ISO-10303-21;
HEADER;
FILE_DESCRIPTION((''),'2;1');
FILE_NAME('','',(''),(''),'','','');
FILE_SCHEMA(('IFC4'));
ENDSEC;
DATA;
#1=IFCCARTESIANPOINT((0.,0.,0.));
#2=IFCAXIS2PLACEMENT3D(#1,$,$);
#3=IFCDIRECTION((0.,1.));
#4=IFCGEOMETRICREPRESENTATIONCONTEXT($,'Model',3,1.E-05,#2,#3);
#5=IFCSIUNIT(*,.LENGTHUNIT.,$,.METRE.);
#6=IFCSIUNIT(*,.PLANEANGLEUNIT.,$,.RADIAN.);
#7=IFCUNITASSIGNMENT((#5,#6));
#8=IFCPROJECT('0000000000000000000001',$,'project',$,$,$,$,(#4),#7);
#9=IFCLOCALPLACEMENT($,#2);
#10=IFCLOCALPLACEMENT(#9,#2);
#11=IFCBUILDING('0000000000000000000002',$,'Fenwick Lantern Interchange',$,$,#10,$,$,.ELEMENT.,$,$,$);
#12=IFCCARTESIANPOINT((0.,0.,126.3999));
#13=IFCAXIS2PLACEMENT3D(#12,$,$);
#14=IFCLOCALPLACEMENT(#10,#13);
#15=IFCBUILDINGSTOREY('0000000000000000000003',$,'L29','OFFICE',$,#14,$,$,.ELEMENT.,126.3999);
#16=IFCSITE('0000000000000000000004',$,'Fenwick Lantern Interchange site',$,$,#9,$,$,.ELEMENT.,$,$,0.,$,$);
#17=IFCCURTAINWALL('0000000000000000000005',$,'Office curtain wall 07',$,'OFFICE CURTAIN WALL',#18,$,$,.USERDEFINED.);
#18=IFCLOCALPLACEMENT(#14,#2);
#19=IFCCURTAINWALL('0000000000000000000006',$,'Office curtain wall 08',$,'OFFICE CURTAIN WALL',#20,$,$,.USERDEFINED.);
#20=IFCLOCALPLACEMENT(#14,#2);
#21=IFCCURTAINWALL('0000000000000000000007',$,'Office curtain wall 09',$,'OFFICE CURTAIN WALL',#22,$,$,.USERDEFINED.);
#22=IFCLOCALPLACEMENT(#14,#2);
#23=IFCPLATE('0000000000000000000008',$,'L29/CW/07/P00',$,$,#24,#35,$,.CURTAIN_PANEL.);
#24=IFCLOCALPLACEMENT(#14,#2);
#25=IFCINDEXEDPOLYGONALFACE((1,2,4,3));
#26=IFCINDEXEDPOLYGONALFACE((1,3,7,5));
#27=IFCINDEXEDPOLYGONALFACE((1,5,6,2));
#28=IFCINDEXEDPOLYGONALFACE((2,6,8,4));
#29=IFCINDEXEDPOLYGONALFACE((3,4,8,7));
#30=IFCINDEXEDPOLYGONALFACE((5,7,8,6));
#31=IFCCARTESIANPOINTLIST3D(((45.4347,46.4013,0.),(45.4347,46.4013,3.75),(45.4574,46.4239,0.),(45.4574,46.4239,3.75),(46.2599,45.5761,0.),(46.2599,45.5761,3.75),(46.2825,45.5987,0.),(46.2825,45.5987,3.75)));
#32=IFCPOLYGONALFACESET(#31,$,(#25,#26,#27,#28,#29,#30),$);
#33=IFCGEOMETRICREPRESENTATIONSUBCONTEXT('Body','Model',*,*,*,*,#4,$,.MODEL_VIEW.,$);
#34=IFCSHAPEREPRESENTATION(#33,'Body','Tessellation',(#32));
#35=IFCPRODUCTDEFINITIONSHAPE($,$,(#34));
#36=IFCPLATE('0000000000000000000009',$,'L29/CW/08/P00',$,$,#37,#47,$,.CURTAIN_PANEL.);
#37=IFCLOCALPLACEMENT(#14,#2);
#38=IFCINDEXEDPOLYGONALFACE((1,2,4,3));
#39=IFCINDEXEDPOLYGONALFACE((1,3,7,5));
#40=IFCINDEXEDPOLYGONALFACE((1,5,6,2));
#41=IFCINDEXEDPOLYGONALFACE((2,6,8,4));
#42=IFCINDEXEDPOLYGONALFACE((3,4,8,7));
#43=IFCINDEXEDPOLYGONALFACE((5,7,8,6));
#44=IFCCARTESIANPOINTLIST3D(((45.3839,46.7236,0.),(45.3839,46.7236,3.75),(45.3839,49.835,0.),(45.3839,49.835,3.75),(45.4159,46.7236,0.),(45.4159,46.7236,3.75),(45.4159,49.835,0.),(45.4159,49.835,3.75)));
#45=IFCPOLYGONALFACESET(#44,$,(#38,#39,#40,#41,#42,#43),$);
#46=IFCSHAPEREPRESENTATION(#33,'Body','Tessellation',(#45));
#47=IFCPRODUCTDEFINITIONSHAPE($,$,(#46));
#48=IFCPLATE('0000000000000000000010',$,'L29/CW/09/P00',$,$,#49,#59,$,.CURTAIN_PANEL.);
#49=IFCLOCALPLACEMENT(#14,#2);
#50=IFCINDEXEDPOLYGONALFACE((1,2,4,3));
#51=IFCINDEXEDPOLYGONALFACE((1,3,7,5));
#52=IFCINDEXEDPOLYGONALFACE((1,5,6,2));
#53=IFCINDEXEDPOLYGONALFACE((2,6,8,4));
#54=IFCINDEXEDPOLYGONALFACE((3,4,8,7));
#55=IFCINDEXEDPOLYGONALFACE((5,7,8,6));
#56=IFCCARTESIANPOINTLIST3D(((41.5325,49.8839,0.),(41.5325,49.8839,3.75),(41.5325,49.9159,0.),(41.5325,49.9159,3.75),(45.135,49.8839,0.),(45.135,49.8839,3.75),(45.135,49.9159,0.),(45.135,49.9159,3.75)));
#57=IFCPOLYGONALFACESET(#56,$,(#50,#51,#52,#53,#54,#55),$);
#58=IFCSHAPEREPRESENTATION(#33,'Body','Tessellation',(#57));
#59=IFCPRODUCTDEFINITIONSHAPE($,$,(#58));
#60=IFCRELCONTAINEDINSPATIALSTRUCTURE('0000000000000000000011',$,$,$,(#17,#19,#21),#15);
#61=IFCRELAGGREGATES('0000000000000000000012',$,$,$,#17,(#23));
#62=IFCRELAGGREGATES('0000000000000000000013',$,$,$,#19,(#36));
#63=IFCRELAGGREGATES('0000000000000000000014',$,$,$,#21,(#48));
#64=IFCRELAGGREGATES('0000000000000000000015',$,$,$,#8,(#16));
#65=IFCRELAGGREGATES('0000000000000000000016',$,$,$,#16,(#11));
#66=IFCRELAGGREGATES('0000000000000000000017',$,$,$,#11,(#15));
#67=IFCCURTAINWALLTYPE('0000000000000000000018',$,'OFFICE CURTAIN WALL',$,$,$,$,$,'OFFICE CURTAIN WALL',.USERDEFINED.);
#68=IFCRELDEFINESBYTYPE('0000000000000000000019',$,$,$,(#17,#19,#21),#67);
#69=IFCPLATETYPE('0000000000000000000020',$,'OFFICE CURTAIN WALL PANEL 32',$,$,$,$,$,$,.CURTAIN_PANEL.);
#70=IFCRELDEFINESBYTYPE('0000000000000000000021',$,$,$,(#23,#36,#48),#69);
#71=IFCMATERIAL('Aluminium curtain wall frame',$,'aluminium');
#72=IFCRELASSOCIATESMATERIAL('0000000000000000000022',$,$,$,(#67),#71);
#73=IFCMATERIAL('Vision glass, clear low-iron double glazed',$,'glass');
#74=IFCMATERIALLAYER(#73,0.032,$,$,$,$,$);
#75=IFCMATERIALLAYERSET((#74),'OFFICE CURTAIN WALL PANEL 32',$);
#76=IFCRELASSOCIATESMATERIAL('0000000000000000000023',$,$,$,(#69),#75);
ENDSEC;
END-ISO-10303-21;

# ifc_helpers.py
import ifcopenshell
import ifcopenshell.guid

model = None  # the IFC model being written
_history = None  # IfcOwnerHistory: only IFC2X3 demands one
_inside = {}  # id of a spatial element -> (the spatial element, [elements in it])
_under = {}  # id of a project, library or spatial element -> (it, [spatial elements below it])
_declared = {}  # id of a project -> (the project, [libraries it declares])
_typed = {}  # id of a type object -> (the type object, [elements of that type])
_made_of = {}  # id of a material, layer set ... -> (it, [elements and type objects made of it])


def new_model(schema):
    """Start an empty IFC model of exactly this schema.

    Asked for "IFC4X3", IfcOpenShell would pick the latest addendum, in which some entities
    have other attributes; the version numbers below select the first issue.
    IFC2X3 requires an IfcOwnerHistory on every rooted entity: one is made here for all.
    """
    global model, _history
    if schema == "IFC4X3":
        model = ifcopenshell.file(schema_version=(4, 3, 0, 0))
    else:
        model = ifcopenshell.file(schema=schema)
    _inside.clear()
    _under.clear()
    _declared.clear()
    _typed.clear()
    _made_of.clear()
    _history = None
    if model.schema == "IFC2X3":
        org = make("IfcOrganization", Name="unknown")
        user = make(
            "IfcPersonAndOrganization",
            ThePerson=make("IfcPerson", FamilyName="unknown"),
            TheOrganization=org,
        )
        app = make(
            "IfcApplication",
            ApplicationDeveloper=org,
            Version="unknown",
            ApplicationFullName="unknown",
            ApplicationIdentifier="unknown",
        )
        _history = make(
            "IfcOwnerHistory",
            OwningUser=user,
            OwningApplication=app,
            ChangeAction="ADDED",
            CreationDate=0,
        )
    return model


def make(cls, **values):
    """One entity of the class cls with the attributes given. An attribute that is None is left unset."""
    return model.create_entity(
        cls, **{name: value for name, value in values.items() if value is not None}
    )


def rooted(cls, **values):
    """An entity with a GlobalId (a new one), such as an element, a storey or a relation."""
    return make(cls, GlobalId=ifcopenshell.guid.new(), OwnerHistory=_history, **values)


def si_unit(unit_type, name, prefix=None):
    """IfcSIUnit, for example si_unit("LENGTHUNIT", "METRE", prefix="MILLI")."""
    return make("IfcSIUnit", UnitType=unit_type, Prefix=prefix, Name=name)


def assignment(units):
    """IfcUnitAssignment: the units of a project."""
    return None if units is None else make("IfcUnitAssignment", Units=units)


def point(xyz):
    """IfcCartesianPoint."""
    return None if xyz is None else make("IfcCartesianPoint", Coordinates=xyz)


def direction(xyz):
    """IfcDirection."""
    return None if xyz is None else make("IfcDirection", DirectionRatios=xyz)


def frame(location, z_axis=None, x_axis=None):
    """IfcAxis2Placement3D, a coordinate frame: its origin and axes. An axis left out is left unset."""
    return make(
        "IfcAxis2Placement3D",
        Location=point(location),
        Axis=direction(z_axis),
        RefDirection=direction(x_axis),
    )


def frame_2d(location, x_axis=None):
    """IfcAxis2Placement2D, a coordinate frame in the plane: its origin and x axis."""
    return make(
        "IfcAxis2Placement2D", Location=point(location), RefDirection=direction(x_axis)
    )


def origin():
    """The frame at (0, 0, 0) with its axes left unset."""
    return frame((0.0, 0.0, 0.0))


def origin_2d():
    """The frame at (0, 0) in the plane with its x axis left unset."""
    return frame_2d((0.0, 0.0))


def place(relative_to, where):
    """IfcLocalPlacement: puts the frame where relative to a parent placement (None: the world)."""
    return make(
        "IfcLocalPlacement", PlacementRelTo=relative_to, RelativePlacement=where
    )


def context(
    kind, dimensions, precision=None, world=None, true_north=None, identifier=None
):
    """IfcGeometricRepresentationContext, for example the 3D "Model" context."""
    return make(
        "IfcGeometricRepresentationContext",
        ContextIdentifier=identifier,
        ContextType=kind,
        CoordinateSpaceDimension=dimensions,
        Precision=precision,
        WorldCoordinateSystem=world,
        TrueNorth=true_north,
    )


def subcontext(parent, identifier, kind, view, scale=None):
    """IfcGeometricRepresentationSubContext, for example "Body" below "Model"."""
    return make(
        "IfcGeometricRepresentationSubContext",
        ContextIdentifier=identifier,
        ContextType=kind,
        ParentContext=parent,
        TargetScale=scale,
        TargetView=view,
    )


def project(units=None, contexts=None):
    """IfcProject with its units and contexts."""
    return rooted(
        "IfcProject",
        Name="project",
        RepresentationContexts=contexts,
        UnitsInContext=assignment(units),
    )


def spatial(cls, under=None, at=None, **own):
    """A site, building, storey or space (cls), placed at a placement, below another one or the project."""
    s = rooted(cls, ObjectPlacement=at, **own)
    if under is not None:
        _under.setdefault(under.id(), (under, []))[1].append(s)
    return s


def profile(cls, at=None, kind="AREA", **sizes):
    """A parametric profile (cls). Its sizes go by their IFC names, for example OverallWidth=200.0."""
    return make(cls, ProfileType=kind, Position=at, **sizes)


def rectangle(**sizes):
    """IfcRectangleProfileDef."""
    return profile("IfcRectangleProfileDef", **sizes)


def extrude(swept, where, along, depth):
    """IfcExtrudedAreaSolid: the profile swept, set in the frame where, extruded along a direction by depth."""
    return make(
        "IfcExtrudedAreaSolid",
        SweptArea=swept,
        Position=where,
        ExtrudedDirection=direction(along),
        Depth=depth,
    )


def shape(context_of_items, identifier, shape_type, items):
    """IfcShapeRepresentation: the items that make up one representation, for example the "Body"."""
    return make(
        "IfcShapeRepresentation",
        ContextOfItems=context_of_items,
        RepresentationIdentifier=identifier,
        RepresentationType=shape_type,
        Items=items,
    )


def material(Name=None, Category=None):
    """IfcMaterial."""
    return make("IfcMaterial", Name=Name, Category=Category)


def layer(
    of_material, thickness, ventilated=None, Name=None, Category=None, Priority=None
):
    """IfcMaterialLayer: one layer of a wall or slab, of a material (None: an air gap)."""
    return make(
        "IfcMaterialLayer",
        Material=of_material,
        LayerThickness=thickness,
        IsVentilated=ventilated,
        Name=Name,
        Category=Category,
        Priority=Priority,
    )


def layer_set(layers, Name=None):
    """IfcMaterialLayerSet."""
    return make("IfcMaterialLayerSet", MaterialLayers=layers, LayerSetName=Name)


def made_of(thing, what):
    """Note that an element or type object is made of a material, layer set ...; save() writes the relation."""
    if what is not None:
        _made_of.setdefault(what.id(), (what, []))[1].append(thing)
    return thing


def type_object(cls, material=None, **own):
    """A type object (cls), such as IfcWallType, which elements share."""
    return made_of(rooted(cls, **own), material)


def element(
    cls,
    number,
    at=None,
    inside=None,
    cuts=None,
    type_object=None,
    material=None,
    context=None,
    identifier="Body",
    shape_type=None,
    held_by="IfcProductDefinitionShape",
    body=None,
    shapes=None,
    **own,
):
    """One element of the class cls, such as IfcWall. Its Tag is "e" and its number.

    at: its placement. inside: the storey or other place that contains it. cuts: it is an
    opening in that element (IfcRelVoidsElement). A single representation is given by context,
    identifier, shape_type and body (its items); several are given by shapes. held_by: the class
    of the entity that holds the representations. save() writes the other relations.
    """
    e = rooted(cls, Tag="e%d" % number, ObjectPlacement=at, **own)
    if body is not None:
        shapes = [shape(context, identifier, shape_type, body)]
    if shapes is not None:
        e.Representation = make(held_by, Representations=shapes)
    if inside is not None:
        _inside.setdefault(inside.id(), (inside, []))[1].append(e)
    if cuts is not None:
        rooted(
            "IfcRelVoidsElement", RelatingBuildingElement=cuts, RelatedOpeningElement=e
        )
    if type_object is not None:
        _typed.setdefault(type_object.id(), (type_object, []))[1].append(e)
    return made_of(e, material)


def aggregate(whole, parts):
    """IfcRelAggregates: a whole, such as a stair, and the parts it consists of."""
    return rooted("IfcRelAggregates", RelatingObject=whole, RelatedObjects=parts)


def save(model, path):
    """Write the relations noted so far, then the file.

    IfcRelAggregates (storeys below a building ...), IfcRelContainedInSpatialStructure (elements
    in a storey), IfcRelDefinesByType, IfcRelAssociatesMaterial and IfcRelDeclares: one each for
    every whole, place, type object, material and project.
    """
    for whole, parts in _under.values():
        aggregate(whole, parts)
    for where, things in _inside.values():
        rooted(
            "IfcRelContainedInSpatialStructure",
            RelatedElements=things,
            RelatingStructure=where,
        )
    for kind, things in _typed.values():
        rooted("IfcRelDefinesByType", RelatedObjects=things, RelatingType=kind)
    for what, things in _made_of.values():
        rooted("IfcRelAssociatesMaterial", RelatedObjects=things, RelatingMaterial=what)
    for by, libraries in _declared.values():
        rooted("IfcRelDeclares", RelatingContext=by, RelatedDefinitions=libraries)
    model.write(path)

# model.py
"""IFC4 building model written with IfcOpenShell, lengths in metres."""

from ifc_helpers import new_model, si_unit, direction, frame, origin, origin_2d, place, context, subcontext, project, spatial, rectangle, extrude, material, layer, layer_set, type_object, element, aggregate, save


model = new_model("IFC4")

# Units and contexts
model_context = context("Model", 3, precision=1e-05, world=origin(), true_north=direction((0.0, 1.0)))
body_context = subcontext(model_context, "Body", "Model", "MODEL_VIEW")
ifc_project = project(units=[si_unit("LENGTHUNIT", "METRE"), si_unit("PLANEANGLEUNIT", "RADIAN")], contexts=[model_context])

# Site, building, storey
site_placement = place(None, origin())
site = spatial("IfcSite", under=ifc_project, at=site_placement, Name="Fenwick Lantern Interchange site", CompositionType="ELEMENT", RefElevation=0.0)
building_placement = place(site_placement, origin())
building = spatial("IfcBuilding", under=site, at=building_placement, Name="Fenwick Lantern Interchange", CompositionType="ELEMENT")
storey_placement = place(building_placement, frame((0.0, 0.0, 126.3999)))
storey = spatial("IfcBuildingStorey", under=building, at=storey_placement, Name="L29", Description="OFFICE", CompositionType="ELEMENT", Elevation=126.3999)

# Shared definitions
ifc_material_1 = material(Name="Aluminium curtain wall frame", Category="aluminium")
curtain_wall_type = type_object("IfcCurtainWallType", Name="OFFICE CURTAIN WALL", ElementType="OFFICE CURTAIN WALL", PredefinedType="USERDEFINED", material=ifc_material_1)

# Curtain walls
curtain_wall_1_placement = place(storey_placement, origin())
curtain_wall_1 = element("IfcCurtainWall", 1, at=curtain_wall_1_placement, inside=storey, type_object=curtain_wall_type, Name="Office curtain wall 07", ObjectType="OFFICE CURTAIN WALL", PredefinedType="USERDEFINED")
curtain_wall_2_placement = place(storey_placement, origin())
curtain_wall_2 = element("IfcCurtainWall", 2, at=curtain_wall_2_placement, inside=storey, type_object=curtain_wall_type, Name="Office curtain wall 08", ObjectType="OFFICE CURTAIN WALL", PredefinedType="USERDEFINED")

# Curtain wall
curtain_wall_3_placement = place(storey_placement, origin())
curtain_wall_3 = element("IfcCurtainWall", 3, at=curtain_wall_3_placement, inside=storey, type_object=curtain_wall_type, Name="Office curtain wall 09", ObjectType="OFFICE CURTAIN WALL", PredefinedType="USERDEFINED")

# Plates
ifc_material_2 = material(Name="Vision glass, clear low-iron double glazed", Category="glass")
ifc_layer_1 = layer(ifc_material_2, 0.032)
ifc_layer_set_1 = layer_set([ifc_layer_1], Name="OFFICE CURTAIN WALL PANEL 32")
plate_type = type_object("IfcPlateType", Name="OFFICE CURTAIN WALL PANEL 32", PredefinedType="CURTAIN_PANEL", material=ifc_layer_set_1)
plate_1_placement = place(storey_placement, frame((45.8586, 46.0, 0.0), z_axis=(0.0, 0.0, 1.0), x_axis=(-0.707107, 0.707107, 0.0)))
plate_1 = element("IfcPlate", 4, at=plate_1_placement, type_object=plate_type, Name="L29/CW/07/P00", PredefinedType="CURTAIN_PANEL", context=body_context, shape_type="SweptSolid", body=[
    extrude(rectangle(XDim=1.167, YDim=0.032, at=origin_2d()), origin(), (0.0, 0.0, 1.0), 3.75),
])
aggregate(curtain_wall_1, [plate_1])
plate_2_placement = place(storey_placement, frame((45.3999, 48.2793, 0.0), z_axis=(0.0, 0.0, 1.0), x_axis=(0.0, 1.0, 0.0)))
plate_2 = element("IfcPlate", 5, at=plate_2_placement, type_object=plate_type, Name="L29/CW/08/P00", PredefinedType="CURTAIN_PANEL", context=body_context, shape_type="SweptSolid", body=[
    extrude(rectangle(XDim=3.1113, YDim=0.032, at=origin_2d()), origin(), (0.0, 0.0, 1.0), 3.75),
])
aggregate(curtain_wall_2, [plate_2])
plate_3_placement = place(storey_placement, frame((43.3337, 49.8999, 0.0), z_axis=(0.0, 0.0, 1.0), x_axis=(-1.0, 0.0, 0.0)))
plate_3 = element("IfcPlate", 6, at=plate_3_placement, type_object=plate_type, Name="L29/CW/09/P00", PredefinedType="CURTAIN_PANEL", context=body_context, shape_type="SweptSolid", body=[
    extrude(rectangle(XDim=3.6025, YDim=0.032, at=origin_2d()), origin(), (0.0, 0.0, 1.0), 3.75),
])
aggregate(curtain_wall_3, [plate_3])

save(model, "model.ifc")
